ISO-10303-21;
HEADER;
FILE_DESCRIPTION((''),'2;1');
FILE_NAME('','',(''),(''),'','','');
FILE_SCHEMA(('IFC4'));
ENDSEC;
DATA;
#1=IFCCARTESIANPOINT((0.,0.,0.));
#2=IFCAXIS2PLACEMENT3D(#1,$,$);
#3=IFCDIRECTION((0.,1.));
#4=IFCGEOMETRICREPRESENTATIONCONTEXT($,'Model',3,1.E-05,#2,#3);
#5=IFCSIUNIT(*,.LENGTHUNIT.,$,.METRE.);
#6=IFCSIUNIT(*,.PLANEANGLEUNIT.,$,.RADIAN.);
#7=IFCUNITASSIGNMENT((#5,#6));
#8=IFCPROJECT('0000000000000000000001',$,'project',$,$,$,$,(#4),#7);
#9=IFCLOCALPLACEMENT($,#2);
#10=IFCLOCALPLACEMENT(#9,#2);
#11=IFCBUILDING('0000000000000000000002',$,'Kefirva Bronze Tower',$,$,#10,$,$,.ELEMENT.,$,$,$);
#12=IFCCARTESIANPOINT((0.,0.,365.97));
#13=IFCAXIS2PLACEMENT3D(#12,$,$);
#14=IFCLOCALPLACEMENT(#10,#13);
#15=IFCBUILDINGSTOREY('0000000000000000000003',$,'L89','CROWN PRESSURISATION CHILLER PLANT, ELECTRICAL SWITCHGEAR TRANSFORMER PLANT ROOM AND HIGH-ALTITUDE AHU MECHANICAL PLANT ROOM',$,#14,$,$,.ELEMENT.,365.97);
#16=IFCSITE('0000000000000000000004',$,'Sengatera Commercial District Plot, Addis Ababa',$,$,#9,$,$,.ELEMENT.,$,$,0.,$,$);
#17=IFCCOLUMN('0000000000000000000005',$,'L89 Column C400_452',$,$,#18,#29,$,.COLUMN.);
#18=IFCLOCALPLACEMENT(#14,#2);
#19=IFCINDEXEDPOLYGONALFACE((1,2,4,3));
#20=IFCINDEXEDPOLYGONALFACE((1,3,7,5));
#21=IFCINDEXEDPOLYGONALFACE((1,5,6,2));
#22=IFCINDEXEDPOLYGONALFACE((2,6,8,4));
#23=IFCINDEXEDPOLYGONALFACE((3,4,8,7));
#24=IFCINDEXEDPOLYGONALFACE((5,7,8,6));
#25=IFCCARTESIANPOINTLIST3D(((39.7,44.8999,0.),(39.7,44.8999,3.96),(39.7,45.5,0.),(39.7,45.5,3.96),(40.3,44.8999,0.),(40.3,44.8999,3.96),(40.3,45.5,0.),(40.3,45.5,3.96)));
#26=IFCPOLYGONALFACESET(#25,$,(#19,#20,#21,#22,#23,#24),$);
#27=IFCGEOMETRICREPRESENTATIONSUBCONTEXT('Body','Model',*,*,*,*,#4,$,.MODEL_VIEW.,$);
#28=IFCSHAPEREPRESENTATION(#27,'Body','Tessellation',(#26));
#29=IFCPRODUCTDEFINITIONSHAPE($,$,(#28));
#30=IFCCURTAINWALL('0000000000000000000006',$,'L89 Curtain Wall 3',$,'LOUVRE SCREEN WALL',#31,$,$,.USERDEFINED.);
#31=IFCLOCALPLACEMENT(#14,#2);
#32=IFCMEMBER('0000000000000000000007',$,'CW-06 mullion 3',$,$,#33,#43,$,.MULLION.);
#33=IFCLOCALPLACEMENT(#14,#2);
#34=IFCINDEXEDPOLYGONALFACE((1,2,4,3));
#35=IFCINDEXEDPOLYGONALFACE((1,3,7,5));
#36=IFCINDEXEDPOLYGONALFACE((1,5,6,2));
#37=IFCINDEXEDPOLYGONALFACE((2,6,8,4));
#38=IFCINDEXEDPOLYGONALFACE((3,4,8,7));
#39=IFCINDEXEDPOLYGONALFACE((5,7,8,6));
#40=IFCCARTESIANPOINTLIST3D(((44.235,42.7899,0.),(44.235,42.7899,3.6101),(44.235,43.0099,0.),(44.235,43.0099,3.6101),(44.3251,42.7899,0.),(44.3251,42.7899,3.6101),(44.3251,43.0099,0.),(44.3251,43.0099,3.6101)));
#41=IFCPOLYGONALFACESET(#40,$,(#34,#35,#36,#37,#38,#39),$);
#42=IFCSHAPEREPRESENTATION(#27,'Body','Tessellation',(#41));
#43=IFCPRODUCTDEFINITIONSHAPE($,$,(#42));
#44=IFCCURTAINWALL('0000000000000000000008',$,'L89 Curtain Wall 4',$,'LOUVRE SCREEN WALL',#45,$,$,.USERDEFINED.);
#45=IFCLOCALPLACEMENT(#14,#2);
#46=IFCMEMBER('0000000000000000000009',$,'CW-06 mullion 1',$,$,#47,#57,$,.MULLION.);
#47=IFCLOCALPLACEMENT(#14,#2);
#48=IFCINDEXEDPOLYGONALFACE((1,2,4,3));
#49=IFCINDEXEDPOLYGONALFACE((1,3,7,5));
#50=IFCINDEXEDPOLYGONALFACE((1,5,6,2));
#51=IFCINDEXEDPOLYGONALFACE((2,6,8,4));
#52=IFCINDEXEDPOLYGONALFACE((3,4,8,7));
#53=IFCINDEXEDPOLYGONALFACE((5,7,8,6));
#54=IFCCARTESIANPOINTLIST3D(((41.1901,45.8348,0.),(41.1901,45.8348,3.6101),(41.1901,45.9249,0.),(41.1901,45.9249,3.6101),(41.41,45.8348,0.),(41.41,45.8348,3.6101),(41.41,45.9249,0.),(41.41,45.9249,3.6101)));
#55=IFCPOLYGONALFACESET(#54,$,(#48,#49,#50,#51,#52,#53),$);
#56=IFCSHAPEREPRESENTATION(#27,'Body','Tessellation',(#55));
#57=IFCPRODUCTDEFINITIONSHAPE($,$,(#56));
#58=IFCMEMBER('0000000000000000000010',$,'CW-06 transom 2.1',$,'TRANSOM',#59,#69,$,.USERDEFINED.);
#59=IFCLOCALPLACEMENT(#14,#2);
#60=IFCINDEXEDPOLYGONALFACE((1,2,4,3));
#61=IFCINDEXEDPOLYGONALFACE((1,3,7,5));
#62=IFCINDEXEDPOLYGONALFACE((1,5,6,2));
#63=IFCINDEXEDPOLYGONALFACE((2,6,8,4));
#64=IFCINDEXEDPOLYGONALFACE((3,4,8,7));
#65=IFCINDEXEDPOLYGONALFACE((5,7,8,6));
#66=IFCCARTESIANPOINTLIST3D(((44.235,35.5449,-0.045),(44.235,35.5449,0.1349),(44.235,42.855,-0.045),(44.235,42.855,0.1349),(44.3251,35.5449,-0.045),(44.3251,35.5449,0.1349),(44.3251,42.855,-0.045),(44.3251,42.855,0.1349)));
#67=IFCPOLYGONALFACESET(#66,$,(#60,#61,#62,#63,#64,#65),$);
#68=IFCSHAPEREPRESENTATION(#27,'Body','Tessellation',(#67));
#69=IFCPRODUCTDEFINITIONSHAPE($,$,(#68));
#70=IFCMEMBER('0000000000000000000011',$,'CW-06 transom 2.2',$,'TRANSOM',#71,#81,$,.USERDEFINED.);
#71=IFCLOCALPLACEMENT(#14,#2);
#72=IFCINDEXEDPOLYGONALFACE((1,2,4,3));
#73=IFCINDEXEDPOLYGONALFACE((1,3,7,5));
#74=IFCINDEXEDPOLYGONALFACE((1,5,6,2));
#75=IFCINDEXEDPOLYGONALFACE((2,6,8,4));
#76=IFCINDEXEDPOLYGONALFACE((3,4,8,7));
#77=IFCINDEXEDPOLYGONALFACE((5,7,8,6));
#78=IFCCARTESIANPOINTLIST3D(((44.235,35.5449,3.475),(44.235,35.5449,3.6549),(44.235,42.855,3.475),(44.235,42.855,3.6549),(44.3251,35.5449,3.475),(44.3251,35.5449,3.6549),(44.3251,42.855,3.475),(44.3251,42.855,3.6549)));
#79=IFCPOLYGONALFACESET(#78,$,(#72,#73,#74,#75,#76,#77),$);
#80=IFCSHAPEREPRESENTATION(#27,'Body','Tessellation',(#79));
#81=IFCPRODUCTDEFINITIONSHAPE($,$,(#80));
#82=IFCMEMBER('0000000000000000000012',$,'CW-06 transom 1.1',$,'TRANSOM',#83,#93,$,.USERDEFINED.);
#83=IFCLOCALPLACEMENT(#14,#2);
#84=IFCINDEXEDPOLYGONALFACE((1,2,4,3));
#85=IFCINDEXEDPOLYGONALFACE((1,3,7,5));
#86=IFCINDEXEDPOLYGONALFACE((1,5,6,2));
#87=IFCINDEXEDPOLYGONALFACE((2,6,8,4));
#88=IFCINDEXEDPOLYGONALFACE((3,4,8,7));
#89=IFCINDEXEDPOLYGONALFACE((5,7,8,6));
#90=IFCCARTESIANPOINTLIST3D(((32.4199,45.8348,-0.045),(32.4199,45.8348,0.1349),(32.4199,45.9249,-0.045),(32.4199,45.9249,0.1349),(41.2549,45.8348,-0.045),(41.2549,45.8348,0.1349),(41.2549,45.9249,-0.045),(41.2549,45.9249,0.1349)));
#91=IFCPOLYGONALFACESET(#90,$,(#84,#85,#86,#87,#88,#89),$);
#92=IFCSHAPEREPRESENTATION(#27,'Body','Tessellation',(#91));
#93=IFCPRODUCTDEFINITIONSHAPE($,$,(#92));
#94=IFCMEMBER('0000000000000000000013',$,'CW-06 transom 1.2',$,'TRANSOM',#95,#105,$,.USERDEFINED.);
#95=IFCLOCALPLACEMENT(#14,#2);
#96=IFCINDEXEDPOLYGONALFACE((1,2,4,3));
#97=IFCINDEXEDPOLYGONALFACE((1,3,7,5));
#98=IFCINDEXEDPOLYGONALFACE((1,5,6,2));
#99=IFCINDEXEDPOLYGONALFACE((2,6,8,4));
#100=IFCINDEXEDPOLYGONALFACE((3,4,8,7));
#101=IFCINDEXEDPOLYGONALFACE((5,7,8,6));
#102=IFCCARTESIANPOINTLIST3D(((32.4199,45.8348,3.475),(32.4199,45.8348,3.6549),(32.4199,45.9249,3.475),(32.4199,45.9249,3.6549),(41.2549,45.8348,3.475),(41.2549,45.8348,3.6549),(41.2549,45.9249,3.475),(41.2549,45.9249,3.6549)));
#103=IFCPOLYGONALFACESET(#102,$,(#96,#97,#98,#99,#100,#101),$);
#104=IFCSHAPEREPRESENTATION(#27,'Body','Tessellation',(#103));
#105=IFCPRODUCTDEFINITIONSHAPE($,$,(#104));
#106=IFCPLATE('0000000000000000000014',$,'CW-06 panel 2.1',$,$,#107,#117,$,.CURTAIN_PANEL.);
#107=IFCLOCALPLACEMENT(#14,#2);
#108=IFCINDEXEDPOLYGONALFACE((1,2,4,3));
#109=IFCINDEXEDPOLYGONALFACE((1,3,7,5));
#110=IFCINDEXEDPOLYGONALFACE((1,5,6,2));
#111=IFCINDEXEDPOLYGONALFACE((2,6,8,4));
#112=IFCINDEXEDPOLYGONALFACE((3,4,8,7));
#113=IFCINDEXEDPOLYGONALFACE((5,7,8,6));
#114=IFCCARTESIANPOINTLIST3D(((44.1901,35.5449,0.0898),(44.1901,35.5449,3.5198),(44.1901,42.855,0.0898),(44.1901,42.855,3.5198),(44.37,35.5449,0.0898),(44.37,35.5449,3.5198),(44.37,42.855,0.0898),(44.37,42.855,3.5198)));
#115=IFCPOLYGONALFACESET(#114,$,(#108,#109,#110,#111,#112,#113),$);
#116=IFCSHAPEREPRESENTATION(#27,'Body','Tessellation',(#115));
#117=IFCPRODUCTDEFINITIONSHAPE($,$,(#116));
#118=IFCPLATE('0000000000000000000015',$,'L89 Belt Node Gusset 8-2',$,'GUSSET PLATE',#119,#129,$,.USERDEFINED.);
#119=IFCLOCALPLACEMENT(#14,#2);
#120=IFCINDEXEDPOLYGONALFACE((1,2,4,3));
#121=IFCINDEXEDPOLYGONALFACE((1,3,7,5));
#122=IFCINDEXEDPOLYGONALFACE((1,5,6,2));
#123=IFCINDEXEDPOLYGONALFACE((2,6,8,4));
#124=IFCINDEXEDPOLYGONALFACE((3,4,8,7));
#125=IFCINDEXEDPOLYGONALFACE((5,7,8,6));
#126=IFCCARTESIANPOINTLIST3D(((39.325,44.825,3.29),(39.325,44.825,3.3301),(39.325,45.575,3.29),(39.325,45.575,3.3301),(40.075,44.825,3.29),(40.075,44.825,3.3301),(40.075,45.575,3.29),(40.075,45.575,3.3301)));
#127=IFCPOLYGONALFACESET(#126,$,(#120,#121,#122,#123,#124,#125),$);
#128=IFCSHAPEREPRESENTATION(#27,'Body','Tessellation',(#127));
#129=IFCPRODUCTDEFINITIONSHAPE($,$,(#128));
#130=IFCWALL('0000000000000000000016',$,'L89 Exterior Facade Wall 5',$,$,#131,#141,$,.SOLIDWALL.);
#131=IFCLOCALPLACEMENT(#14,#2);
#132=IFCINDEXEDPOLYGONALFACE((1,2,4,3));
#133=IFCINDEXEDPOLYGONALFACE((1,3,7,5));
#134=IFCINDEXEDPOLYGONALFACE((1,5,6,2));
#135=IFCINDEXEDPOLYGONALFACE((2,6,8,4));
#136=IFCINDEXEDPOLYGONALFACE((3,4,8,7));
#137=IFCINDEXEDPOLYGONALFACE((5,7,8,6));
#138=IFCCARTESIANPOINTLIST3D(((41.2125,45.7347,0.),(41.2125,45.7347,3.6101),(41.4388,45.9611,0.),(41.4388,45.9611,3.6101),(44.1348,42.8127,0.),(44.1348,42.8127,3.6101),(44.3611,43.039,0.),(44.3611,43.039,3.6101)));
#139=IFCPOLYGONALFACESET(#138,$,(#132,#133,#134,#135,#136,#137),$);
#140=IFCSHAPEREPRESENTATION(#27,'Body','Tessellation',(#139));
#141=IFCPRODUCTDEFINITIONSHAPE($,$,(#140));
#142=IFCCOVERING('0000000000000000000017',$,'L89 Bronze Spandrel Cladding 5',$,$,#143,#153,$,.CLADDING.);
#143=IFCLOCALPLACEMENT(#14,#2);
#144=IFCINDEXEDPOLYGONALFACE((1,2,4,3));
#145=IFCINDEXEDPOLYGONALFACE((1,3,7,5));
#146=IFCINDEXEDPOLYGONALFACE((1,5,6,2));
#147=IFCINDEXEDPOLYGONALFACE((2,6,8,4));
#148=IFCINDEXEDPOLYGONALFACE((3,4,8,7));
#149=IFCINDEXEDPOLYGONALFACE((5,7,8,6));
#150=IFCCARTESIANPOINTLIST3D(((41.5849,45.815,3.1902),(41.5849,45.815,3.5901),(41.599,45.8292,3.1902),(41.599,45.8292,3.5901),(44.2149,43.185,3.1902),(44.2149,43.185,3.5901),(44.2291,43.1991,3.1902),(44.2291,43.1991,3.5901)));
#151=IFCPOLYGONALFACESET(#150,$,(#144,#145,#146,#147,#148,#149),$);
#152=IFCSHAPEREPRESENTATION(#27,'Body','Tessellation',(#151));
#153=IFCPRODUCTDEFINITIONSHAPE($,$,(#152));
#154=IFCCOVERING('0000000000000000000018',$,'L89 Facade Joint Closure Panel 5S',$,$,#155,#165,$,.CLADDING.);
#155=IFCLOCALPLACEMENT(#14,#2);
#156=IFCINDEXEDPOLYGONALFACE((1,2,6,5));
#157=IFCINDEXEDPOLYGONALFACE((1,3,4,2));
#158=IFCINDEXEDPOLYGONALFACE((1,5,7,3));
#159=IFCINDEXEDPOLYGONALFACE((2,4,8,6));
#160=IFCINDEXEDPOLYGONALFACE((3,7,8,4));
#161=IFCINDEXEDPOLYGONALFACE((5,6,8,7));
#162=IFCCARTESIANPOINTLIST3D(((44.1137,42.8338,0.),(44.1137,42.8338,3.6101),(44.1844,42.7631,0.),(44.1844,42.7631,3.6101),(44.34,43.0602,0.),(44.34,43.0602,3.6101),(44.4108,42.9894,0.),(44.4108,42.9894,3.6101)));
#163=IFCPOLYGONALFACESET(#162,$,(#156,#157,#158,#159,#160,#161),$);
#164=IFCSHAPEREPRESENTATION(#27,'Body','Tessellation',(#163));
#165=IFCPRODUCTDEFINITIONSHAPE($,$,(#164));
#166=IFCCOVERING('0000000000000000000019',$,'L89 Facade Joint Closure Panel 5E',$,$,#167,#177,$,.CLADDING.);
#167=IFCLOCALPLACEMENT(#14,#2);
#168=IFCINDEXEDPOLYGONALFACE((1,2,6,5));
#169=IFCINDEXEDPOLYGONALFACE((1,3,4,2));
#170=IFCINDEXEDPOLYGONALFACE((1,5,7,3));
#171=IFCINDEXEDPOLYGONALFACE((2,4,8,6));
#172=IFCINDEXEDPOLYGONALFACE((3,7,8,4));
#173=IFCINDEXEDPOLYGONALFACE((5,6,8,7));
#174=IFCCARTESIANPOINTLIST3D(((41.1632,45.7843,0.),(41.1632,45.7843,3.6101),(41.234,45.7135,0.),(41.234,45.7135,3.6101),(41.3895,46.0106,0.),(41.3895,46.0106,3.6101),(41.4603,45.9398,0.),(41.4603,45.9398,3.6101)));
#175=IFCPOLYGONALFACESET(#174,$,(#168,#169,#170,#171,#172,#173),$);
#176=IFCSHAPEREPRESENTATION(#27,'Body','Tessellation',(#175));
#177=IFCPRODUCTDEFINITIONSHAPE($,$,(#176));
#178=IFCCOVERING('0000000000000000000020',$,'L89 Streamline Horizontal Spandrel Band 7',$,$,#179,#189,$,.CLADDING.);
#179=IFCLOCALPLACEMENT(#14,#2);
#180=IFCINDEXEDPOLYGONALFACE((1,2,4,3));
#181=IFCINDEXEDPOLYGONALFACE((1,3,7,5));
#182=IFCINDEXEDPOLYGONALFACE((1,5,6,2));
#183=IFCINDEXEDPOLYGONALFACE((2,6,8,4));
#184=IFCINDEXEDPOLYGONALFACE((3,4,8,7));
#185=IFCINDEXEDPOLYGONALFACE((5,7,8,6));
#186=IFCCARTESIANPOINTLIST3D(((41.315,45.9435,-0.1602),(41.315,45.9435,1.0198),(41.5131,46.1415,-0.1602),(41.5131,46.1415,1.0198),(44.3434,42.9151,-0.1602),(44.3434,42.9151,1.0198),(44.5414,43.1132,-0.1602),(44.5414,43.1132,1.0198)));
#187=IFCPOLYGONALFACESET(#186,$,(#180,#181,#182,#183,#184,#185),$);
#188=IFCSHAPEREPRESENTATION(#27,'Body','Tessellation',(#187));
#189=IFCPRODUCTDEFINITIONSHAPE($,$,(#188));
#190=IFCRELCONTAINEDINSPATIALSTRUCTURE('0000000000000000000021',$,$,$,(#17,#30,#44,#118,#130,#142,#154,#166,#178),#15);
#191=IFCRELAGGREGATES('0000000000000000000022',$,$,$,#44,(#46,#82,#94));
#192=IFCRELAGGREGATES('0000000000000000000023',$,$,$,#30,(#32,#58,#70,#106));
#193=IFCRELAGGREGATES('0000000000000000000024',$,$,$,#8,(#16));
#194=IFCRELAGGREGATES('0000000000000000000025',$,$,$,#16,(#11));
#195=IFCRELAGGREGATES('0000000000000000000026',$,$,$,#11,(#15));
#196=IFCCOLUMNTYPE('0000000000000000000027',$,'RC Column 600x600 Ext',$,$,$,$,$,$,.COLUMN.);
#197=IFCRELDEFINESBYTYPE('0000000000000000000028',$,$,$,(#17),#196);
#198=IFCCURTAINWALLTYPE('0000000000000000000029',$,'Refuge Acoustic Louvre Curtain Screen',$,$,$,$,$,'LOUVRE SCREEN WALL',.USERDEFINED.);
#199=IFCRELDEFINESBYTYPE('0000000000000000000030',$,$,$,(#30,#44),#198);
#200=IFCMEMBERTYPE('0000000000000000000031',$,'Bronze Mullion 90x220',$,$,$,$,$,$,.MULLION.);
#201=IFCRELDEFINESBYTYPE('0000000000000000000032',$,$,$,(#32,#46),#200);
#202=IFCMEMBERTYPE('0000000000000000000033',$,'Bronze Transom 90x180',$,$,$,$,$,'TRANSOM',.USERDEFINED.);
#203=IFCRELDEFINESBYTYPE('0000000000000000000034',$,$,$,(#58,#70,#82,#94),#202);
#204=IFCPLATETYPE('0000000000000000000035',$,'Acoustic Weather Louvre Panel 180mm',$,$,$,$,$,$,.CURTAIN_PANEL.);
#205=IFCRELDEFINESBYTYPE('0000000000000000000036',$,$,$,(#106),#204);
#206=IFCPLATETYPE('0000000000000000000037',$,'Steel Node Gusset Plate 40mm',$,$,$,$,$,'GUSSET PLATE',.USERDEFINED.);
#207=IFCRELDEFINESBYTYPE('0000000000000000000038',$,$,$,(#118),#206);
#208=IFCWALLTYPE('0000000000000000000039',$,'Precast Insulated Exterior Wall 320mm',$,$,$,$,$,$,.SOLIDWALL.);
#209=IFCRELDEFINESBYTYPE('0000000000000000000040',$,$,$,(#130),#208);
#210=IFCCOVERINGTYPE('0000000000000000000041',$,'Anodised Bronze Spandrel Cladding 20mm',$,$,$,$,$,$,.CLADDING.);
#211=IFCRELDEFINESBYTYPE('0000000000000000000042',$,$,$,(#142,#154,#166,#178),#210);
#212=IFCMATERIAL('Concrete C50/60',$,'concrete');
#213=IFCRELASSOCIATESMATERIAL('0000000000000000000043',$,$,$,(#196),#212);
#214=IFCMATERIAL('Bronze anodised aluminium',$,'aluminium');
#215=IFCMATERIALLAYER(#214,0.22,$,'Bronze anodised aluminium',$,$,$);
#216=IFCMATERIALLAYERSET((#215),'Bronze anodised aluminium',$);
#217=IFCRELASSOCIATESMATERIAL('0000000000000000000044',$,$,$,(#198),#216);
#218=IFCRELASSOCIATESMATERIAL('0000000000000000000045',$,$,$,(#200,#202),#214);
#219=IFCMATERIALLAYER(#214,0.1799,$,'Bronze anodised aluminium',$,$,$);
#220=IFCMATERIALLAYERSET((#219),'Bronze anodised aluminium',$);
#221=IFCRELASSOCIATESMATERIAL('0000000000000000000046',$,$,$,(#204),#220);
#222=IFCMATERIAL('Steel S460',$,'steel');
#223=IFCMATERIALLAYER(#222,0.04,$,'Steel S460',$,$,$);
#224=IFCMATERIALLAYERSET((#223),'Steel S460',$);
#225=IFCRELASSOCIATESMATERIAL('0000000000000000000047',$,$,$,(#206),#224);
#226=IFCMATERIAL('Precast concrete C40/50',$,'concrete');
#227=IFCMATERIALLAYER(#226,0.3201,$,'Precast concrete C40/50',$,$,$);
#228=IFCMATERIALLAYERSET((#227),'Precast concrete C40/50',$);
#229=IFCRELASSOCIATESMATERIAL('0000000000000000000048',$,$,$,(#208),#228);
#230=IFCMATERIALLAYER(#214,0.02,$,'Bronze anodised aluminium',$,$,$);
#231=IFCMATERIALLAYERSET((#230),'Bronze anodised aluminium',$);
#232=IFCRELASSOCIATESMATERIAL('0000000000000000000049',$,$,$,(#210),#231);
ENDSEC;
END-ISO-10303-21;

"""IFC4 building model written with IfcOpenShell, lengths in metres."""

from ifc_helpers import new_model, si_unit, direction, frame, frame_2d, origin, origin_2d, place, context, subcontext, project, spatial, rectangle, extrude, material, layer, layer_set, material_profile, profile_set, type_object, element, aggregate, save


model = new_model("IFC4")

# Units and contexts
model_context = context("Model", 3, precision=1e-05, world=origin(), true_north=direction((0.0, 1.0)))
body_context = subcontext(model_context, "Body", "Model", "MODEL_VIEW")
ifc_project = project(units=[si_unit("LENGTHUNIT", "METRE"), si_unit("PLANEANGLEUNIT", "RADIAN")], contexts=[model_context])

# Site, building, storey
site_placement = place(None, origin())
site = spatial("IfcSite", under=ifc_project, at=site_placement, Name="Sengatera Commercial District Plot, Addis Ababa", CompositionType="ELEMENT", RefElevation=0.0)
building_placement = place(site_placement, origin())
building = spatial("IfcBuilding", under=site, at=building_placement, Name="Kefirva Bronze Tower", CompositionType="ELEMENT")
storey_placement = place(building_placement, frame((0.0, 0.0, 365.97)))
storey = spatial("IfcBuildingStorey", under=building, at=storey_placement, Name="L89", Description="CROWN PRESSURISATION CHILLER PLANT, ELECTRICAL SWITCHGEAR TRANSFORMER PLANT ROOM AND HIGH-ALTITUDE AHU MECHANICAL PLANT ROOM", CompositionType="ELEMENT", Elevation=365.97)

# Column
ifc_material_1 = material(Name="Concrete C50/60", Category="concrete")
ifc_material_profile_1 = material_profile(ifc_material_1, rectangle(XDim=0.6001, YDim=0.6001, at=origin_2d()), Name="RC 600x600")
ifc_profile_set_1 = profile_set([ifc_material_profile_1], Name="Concrete C50/60")
column_type = type_object("IfcColumnType", Name="RC Column 600x600 Ext", PredefinedType="COLUMN", material=ifc_profile_set_1)
column_placement = place(storey_placement, frame((40.0, 45.2, 0.0), z_axis=(0.0, 0.0, 1.0), x_axis=(1.0, 0.0, 0.0)))
element("IfcColumn", 1, at=column_placement, inside=storey, type_object=column_type, Name="L89 Column C400_452", PredefinedType="COLUMN", context=body_context, shape_type="SweptSolid", body=[
    extrude(rectangle(XDim=0.6001, YDim=0.6001, at=origin_2d()), origin(), (0.0, 0.0, 1.0), 3.96),
])

# Curtain walls, members
ifc_material_2 = material(Name="Bronze anodised aluminium", Category="aluminium")
ifc_layer_1 = layer(ifc_material_2, 0.22, Name="Bronze anodised aluminium")
ifc_layer_set_1 = layer_set([ifc_layer_1], Name="Bronze anodised aluminium")
curtain_wall_type = type_object("IfcCurtainWallType", Name="Refuge Acoustic Louvre Curtain Screen", ElementType="LOUVRE SCREEN WALL", PredefinedType="USERDEFINED", material=ifc_layer_set_1)
curtain_wall_1_placement = place(storey_placement, origin())
curtain_wall_1 = element("IfcCurtainWall", 2, at=curtain_wall_1_placement, inside=storey, type_object=curtain_wall_type, Name="L89 Curtain Wall 3", ObjectType="LOUVRE SCREEN WALL", PredefinedType="USERDEFINED")
ifc_material_profile_2 = material_profile(ifc_material_2, rectangle(XDim=0.0901, YDim=0.22, at=origin_2d()), Name="ALU 90x220")
ifc_profile_set_2 = profile_set([ifc_material_profile_2], Name="Bronze anodised aluminium")
member_type_1 = type_object("IfcMemberType", Name="Bronze Mullion 90x220", PredefinedType="MULLION", material=ifc_profile_set_2)
member_1_placement = place(storey_placement, frame((44.28, 42.8999, 0.0), z_axis=(0.0, 0.0, 1.0), x_axis=(-1.0, 0.0, 0.0)))
member_1 = element("IfcMember", 3, at=member_1_placement, type_object=member_type_1, Name="CW-06 mullion 3", PredefinedType="MULLION", context=body_context, shape_type="SweptSolid", body=[
    extrude(rectangle(XDim=0.0901, YDim=0.22, at=origin_2d()), origin(), (0.0, 0.0, 1.0), 3.6101),
])
curtain_wall_2_placement = place(storey_placement, origin())
curtain_wall_2 = element("IfcCurtainWall", 4, at=curtain_wall_2_placement, inside=storey, type_object=curtain_wall_type, Name="L89 Curtain Wall 4", ObjectType="LOUVRE SCREEN WALL", PredefinedType="USERDEFINED")
member_2_placement = place(storey_placement, frame((41.3, 45.8799, 0.0), z_axis=(0.0, 0.0, 1.0), x_axis=(0.0, -1.0, 0.0)))
member_2 = element("IfcMember", 5, at=member_2_placement, type_object=member_type_1, Name="CW-06 mullion 1", PredefinedType="MULLION", context=body_context, shape_type="SweptSolid", body=[
    extrude(rectangle(XDim=0.0901, YDim=0.22, at=origin_2d()), origin(), (0.0, 0.0, 1.0), 3.6101),
])

# Members
ifc_material_profile_3 = material_profile(ifc_material_2, rectangle(XDim=0.0901, YDim=0.1799, at=origin_2d()), Name="ALU 90x180")
ifc_profile_set_3 = profile_set([ifc_material_profile_3], Name="Bronze anodised aluminium")
member_type_2 = type_object("IfcMemberType", Name="Bronze Transom 90x180", ElementType="TRANSOM", PredefinedType="USERDEFINED", material=ifc_profile_set_3)
member_3_placement = place(storey_placement, frame((44.28, 35.5449, 0.0449), z_axis=(0.0, 1.0, 0.0), x_axis=(-1.0, 0.0, 0.0)))
member_3 = element("IfcMember", 6, at=member_3_placement, type_object=member_type_2, Name="CW-06 transom 2.1", ObjectType="TRANSOM", PredefinedType="USERDEFINED", context=body_context, shape_type="SweptSolid", body=[
    extrude(rectangle(XDim=0.0901, YDim=0.1799, at=origin_2d()), origin(), (0.0, 0.0, 1.0), 7.3101),
])
member_4_placement = place(storey_placement, frame((44.28, 35.5449, 3.5649), z_axis=(0.0, 1.0, 0.0), x_axis=(-1.0, 0.0, 0.0)))
member_4 = element("IfcMember", 7, at=member_4_placement, type_object=member_type_2, Name="CW-06 transom 2.2", ObjectType="TRANSOM", PredefinedType="USERDEFINED", context=body_context, shape_type="SweptSolid", body=[
    extrude(rectangle(XDim=0.0901, YDim=0.1799, at=origin_2d()), origin(), (0.0, 0.0, 1.0), 7.3101),
])
member_5_placement = place(storey_placement, frame((41.2549, 45.8799, 0.0449), z_axis=(-1.0, 0.0, 0.0), x_axis=(0.0, -1.0, 0.0)))
member_5 = element("IfcMember", 8, at=member_5_placement, type_object=member_type_2, Name="CW-06 transom 1.1", ObjectType="TRANSOM", PredefinedType="USERDEFINED", context=body_context, shape_type="SweptSolid", body=[
    extrude(rectangle(XDim=0.0901, YDim=0.1799, at=origin_2d()), origin(), (0.0, 0.0, 1.0), 8.835),
])
member_6_placement = place(storey_placement, frame((41.2549, 45.8799, 3.5649), z_axis=(-1.0, 0.0, 0.0), x_axis=(0.0, -1.0, 0.0)))
member_6 = element("IfcMember", 9, at=member_6_placement, type_object=member_type_2, Name="CW-06 transom 1.2", ObjectType="TRANSOM", PredefinedType="USERDEFINED", context=body_context, shape_type="SweptSolid", body=[
    extrude(rectangle(XDim=0.0901, YDim=0.1799, at=origin_2d()), origin(), (0.0, 0.0, 1.0), 8.835),
])
aggregate(curtain_wall_2, [member_2, member_5, member_6])

# Plates
ifc_layer_2 = layer(ifc_material_2, 0.1799, Name="Bronze anodised aluminium")
ifc_layer_set_2 = layer_set([ifc_layer_2], Name="Bronze anodised aluminium")
plate_type_1 = type_object("IfcPlateType", Name="Acoustic Weather Louvre Panel 180mm", PredefinedType="CURTAIN_PANEL", material=ifc_layer_set_2)
plate_1_placement = place(storey_placement, frame((44.28, 39.2, 0.0898), z_axis=(0.0, 0.0, 1.0), x_axis=(0.0, 1.0, 0.0)))
plate_1 = element("IfcPlate", 10, at=plate_1_placement, type_object=plate_type_1, Name="CW-06 panel 2.1", PredefinedType="CURTAIN_PANEL", context=body_context, shape_type="SweptSolid", body=[
    extrude(rectangle(XDim=7.3101, YDim=0.1799, at=origin_2d()), origin(), (0.0, 0.0, 1.0), 3.4299),
])
aggregate(curtain_wall_1, [member_1, member_3, member_4, plate_1])
ifc_material_3 = material(Name="Steel S460", Category="steel")
ifc_layer_3 = layer(ifc_material_3, 0.04, Name="Steel S460")
ifc_layer_set_3 = layer_set([ifc_layer_3], Name="Steel S460")
plate_type_2 = type_object("IfcPlateType", Name="Steel Node Gusset Plate 40mm", ElementType="GUSSET PLATE", PredefinedType="USERDEFINED", material=ifc_layer_set_3)
plate_2_placement = place(storey_placement, frame((39.7, 45.2, 3.29), z_axis=(0.0, 0.0, 1.0), x_axis=(1.0, 0.0, 0.0)))
element("IfcPlate", 11, at=plate_2_placement, inside=storey, type_object=plate_type_2, Name="L89 Belt Node Gusset 8-2", ObjectType="GUSSET PLATE", PredefinedType="USERDEFINED", context=body_context, shape_type="SweptSolid", body=[
    extrude(rectangle(XDim=0.75, YDim=0.75, at=origin_2d()), origin(), (0.0, 0.0, 1.0), 0.04),
])

# Wall
ifc_material_4 = material(Name="Precast concrete C40/50", Category="concrete")
ifc_layer_4 = layer(ifc_material_4, 0.3201, Name="Precast concrete C40/50")
ifc_layer_set_4 = layer_set([ifc_layer_4], Name="Precast concrete C40/50")
wall_type = type_object("IfcWallType", Name="Precast Insulated Exterior Wall 320mm", PredefinedType="SOLIDWALL", material=ifc_layer_set_4)
wall_placement = place(storey_placement, frame((44.248, 42.9258, 0.0), z_axis=(0.0, 0.0, 1.0), x_axis=(-0.707136, 0.707077, 0.0)))
element("IfcWall", 12, at=wall_placement, inside=storey, type_object=wall_type, Name="L89 Exterior Facade Wall 5", PredefinedType="SOLIDWALL", context=body_context, shape_type="SweptSolid", body=[
    extrude(rectangle(XDim=4.1326, YDim=0.3201, at=frame_2d((2.0664, 0.0))), origin(), (0.0, 0.0, 1.0), 3.6101),
])

# Coverings
ifc_layer_5 = layer(ifc_material_2, 0.02, Name="Bronze anodised aluminium")
ifc_layer_set_5 = layer_set([ifc_layer_5], Name="Bronze anodised aluminium")
covering_type_1 = type_object("IfcCoveringType", Name="Anodised Bronze Spandrel Cladding 20mm", PredefinedType="CLADDING", material=ifc_layer_set_5)
covering_1_placement = place(storey_placement, frame((42.907, 44.5071, 3.1902), z_axis=(0.0, 0.0, 1.0), x_axis=(-0.707107, 0.707107, 0.0)))
element("IfcCovering", 13, at=covering_1_placement, inside=storey, type_object=covering_type_1, Name="L89 Bronze Spandrel Cladding 5", PredefinedType="CLADDING", context=body_context, shape_type="SweptSolid", body=[
    extrude(rectangle(XDim=3.7195, YDim=0.02, at=origin_2d()), origin(), (0.0, 0.0, 1.0), 0.3999),
])
for number, where, z_axis, x_axis, name in (
    (14, (44.2622, 42.9116, 0.0), (0.0, 0.0, 1.0), (-0.707107, 0.707107, 0.0), "L89 Facade Joint Closure Panel 5S"),
    (15, (41.3118, 45.8621, 0.0), (0.0, 0.0, 1.0), (-0.707107, 0.707107, 0.0), "L89 Facade Joint Closure Panel 5E"),
):
    element("IfcCovering", number, at=place(storey_placement, frame(where, z_axis=z_axis, x_axis=x_axis)), inside=storey, type_object=covering_type_1, Name=name, PredefinedType="CLADDING", context=body_context, shape_type="SweptSolid", body=[
        extrude(rectangle(XDim=0.1001, YDim=0.3201, at=origin_2d()), origin(), (0.0, 0.0, 1.0), 3.6101),
    ])
covering_2_placement = place(storey_placement, frame((42.9282, 44.5283, -0.1602), z_axis=(0.0, 0.0, 1.0), x_axis=(-0.707107, 0.707107, 0.0)))
element("IfcCovering", 16, at=covering_2_placement, inside=storey, type_object=covering_type_1, Name="L89 Streamline Horizontal Spandrel Band 7", PredefinedType="CLADDING", context=body_context, shape_type="SweptSolid", body=[
    extrude(rectangle(XDim=4.2827, YDim=0.28, at=origin_2d()), origin(), (0.0, 0.0, 1.0), 1.1799),
])

save(model, "model.ifc")
